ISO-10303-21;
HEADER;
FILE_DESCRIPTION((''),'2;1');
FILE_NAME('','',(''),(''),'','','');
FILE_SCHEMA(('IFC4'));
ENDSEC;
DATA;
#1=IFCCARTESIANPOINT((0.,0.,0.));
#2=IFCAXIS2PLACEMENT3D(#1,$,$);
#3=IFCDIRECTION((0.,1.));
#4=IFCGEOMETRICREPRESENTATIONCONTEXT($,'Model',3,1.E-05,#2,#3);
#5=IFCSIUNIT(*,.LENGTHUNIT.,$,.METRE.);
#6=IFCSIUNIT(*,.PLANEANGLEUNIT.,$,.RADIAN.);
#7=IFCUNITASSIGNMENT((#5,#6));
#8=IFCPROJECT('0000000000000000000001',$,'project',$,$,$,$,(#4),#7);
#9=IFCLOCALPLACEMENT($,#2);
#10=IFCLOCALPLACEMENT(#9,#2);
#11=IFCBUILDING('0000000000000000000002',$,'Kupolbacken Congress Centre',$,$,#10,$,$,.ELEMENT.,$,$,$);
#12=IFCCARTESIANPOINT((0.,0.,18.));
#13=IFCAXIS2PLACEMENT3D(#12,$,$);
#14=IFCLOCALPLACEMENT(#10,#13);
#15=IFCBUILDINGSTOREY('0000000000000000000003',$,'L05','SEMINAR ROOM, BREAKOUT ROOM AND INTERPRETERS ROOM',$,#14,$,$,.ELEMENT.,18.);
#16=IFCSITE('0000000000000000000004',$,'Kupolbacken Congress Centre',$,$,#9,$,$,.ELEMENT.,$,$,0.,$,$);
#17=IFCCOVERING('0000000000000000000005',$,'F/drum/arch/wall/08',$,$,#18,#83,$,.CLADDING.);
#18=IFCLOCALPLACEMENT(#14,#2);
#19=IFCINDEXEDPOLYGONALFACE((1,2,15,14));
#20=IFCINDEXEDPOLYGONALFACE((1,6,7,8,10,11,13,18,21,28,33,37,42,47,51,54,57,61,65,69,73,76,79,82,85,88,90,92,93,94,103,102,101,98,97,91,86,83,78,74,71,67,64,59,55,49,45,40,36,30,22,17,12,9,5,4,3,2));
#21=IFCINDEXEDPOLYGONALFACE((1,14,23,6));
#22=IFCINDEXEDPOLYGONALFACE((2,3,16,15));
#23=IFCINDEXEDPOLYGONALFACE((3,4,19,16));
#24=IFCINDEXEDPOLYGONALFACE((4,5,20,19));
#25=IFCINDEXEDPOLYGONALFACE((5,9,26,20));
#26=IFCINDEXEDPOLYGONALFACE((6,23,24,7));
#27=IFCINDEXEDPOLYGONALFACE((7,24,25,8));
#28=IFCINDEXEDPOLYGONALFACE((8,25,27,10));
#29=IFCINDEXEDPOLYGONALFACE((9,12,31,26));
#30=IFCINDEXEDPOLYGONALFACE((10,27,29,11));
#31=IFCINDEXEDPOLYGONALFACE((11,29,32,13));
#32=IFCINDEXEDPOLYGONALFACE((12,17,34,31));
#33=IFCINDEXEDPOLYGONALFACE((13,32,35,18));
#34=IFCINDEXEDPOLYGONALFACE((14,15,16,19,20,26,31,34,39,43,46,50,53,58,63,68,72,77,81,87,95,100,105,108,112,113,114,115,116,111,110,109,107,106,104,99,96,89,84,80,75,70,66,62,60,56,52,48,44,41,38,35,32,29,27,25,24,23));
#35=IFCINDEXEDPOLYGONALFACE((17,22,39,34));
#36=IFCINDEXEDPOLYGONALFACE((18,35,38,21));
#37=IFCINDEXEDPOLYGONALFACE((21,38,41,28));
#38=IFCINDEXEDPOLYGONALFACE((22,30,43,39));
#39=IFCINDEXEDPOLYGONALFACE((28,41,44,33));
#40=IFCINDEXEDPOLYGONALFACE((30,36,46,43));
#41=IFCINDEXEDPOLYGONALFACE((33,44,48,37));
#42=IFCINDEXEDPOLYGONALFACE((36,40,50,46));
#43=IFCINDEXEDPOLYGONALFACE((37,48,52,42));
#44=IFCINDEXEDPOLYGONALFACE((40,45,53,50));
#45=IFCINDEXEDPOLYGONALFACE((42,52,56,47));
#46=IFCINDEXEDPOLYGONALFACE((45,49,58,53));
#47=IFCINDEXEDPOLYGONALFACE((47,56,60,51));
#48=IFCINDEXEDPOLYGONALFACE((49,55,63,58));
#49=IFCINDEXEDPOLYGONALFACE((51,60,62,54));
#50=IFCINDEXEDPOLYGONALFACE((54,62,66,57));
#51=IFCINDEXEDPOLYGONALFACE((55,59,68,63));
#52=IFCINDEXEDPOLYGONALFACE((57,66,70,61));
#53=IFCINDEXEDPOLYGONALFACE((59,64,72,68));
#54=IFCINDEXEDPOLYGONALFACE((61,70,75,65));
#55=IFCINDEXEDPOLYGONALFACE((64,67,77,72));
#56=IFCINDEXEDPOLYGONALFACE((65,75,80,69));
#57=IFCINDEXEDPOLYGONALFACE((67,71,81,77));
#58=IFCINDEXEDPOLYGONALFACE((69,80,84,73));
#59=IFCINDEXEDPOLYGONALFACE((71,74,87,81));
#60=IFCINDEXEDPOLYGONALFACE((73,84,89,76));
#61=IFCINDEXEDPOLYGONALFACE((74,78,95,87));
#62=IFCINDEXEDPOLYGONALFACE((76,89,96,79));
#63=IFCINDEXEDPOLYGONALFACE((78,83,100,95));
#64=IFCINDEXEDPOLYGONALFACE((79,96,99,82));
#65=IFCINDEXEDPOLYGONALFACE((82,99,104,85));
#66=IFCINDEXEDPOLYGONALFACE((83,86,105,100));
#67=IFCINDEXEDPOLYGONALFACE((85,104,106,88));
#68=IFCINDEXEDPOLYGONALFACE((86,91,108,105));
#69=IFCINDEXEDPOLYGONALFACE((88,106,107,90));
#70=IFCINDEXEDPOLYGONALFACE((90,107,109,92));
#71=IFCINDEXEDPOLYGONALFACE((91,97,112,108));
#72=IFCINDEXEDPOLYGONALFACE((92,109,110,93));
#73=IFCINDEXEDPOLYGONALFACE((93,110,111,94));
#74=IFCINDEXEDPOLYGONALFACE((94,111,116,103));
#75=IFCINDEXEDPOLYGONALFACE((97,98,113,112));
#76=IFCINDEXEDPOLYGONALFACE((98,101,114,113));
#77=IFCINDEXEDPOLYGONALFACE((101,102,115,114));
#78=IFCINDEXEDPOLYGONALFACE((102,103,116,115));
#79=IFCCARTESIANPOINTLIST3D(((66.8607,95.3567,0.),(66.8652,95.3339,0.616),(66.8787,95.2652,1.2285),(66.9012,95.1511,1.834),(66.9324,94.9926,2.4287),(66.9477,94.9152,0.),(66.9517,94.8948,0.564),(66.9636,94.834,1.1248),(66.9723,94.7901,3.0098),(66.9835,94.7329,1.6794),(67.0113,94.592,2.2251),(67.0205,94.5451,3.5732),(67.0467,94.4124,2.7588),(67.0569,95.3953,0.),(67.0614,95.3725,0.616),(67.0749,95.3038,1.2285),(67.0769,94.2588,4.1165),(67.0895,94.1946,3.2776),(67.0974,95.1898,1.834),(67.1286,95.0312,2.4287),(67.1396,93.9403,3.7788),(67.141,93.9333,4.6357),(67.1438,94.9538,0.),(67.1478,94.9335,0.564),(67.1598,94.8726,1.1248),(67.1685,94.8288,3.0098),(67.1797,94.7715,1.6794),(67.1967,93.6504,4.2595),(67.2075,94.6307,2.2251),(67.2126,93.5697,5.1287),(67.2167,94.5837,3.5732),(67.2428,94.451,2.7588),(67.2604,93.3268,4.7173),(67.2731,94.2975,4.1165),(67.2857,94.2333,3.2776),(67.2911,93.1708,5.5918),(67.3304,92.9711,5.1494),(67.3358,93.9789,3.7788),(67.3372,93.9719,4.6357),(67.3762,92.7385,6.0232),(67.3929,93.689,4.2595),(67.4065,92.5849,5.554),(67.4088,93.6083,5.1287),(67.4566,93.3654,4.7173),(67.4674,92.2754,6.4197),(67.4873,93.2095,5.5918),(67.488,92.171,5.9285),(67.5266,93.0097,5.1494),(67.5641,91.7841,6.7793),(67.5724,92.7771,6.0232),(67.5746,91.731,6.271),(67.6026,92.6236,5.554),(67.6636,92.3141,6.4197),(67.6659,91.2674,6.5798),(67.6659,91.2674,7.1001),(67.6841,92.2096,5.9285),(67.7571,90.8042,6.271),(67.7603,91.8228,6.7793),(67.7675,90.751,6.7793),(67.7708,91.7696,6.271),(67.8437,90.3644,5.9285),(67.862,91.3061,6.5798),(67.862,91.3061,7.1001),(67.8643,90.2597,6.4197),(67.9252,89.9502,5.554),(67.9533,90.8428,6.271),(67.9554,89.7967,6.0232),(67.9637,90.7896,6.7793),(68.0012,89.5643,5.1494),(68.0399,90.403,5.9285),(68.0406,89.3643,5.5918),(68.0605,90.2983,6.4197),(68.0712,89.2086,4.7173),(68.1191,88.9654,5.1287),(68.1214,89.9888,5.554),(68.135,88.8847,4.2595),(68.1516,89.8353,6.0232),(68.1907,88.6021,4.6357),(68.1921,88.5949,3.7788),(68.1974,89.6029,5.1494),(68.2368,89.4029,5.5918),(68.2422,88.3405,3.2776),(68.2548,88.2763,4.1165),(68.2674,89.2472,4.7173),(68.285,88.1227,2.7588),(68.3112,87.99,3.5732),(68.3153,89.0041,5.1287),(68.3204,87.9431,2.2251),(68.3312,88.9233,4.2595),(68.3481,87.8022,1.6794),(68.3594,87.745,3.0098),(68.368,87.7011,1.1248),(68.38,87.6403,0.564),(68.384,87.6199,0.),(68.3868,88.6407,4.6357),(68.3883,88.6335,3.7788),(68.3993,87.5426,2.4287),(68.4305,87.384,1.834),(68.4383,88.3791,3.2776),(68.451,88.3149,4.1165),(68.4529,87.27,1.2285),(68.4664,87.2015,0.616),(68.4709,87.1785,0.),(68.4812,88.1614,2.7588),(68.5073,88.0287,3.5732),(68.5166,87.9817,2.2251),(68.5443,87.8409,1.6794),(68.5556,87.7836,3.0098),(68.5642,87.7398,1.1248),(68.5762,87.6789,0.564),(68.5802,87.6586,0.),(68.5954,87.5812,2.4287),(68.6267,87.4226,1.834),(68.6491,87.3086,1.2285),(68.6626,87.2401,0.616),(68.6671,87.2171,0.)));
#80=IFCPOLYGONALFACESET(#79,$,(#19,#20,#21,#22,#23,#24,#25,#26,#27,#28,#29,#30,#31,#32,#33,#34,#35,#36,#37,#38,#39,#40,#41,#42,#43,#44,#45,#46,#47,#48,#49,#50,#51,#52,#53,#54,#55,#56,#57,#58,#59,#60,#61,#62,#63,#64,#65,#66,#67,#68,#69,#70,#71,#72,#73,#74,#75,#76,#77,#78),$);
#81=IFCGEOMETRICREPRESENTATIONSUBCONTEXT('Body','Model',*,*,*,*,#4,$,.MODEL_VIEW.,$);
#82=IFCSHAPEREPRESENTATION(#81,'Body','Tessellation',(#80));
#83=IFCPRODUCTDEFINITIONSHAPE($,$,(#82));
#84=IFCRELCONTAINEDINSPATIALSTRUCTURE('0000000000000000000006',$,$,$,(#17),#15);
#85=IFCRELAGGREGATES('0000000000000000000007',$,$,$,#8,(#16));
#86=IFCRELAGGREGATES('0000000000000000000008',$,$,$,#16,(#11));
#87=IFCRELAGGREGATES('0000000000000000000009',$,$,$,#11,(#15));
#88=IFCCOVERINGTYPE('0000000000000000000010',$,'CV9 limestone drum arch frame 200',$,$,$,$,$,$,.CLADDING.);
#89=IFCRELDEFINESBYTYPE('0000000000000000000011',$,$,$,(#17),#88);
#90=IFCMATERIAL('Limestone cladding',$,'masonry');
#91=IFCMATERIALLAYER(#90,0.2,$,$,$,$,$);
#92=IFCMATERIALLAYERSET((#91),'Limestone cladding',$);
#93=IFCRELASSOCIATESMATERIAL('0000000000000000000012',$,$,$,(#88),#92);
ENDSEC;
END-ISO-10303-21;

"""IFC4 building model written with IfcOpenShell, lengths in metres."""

from ifc_helpers import new_model, si_unit, direction, frame, origin, place, context, subcontext, project, spatial, polyline, outline, extrude, material, layer, layer_set, type_object, element, save


model = new_model("IFC4")

# Units and contexts
model_context = context("Model", 3, precision=1e-05, world=origin(), true_north=direction((0.0, 1.0)))
body_context = subcontext(model_context, "Body", "Model", "MODEL_VIEW")
ifc_project = project(units=[si_unit("LENGTHUNIT", "METRE"), si_unit("PLANEANGLEUNIT", "RADIAN")], contexts=[model_context])

# Site, building, storey
site_placement = place(None, origin())
site = spatial("IfcSite", under=ifc_project, at=site_placement, Name="Kupolbacken Congress Centre", CompositionType="ELEMENT", RefElevation=0.0)
building_placement = place(site_placement, origin())
building = spatial("IfcBuilding", under=site, at=building_placement, Name="Kupolbacken Congress Centre", CompositionType="ELEMENT")
storey_placement = place(building_placement, frame((0.0, 0.0, 18.0)))
storey = spatial("IfcBuildingStorey", under=building, at=storey_placement, Name="L05", Description="SEMINAR ROOM, BREAKOUT ROOM AND INTERPRETERS ROOM", CompositionType="ELEMENT", Elevation=18.0)

# Covering
ifc_material_1 = material(Name="Limestone cladding", Category="masonry")
ifc_layer_1 = layer(ifc_material_1, 0.2)
ifc_layer_set_1 = layer_set([ifc_layer_1], Name="Limestone cladding")
covering_type = type_object("IfcCoveringType", Name="CV9 limestone drum arch frame 200", PredefinedType="CLADDING", material=ifc_layer_set_1)
covering_1_placement = place(storey_placement, frame((68.4709, 87.1785, 0.0), z_axis=(0.981163, 0.193182, 0.0), x_axis=(-0.193182, 0.981163, 0.0)))
element("IfcCovering", 1, at=covering_1_placement, inside=storey, type_object=covering_type, Name="F/drum/arch/wall/08", PredefinedType="CLADDING", context=body_context, shape_type="SweptSolid", body=[
    extrude(outline(polyline([(0.0, 0.0), (0.0234, 0.616), (0.0933, 1.2285), (0.2095, 1.834), (0.3711, 2.4287), (0.5774, 3.0098), (0.8271, 3.5732), (1.1189, 4.1165), (1.4509, 4.6357), (1.8213, 5.1287), (2.2278, 5.5918), (2.6685, 6.0232), (3.1404, 6.4197), (3.6411, 6.7793), (4.1675, 7.1001), (4.6941, 6.7793), (5.1948, 6.4197), (5.6667, 6.0232), (6.1074, 5.5918), (6.5139, 5.1287), (6.8845, 4.6357), (7.2163, 4.1165), (7.5081, 3.5732), (7.7578, 3.0098), (7.9641, 2.4287), (8.1257, 1.834), (8.2419, 1.2285), (8.312, 0.616), (8.3352, 0.0), (7.8853, 0.0), (7.8645, 0.564), (7.8025, 1.1248), (7.6995, 1.6794), (7.5559, 2.2251), (7.3728, 2.7588), (7.1509, 3.2776), (6.8916, 3.7788), (6.5962, 4.2595), (6.2664, 4.7173), (5.9038, 5.1494), (5.5103, 5.554), (5.0884, 5.9285), (4.6399, 6.271), (4.1675, 6.5798), (3.6953, 6.271), (3.2471, 5.9285), (2.825, 5.554), (2.4316, 5.1494), (2.0691, 4.7173), (1.739, 4.2595), (1.4436, 3.7788), (1.1843, 3.2776), (0.9624, 2.7588), (0.7793, 2.2251), (0.6357, 1.6794), (0.5327, 1.1248), (0.4707, 0.564), (0.45, 0.0), (0.0, 0.0)])), origin(), (0.0, 0.0, 1.0), 0.2),
])

save(model, "model.ifc")
